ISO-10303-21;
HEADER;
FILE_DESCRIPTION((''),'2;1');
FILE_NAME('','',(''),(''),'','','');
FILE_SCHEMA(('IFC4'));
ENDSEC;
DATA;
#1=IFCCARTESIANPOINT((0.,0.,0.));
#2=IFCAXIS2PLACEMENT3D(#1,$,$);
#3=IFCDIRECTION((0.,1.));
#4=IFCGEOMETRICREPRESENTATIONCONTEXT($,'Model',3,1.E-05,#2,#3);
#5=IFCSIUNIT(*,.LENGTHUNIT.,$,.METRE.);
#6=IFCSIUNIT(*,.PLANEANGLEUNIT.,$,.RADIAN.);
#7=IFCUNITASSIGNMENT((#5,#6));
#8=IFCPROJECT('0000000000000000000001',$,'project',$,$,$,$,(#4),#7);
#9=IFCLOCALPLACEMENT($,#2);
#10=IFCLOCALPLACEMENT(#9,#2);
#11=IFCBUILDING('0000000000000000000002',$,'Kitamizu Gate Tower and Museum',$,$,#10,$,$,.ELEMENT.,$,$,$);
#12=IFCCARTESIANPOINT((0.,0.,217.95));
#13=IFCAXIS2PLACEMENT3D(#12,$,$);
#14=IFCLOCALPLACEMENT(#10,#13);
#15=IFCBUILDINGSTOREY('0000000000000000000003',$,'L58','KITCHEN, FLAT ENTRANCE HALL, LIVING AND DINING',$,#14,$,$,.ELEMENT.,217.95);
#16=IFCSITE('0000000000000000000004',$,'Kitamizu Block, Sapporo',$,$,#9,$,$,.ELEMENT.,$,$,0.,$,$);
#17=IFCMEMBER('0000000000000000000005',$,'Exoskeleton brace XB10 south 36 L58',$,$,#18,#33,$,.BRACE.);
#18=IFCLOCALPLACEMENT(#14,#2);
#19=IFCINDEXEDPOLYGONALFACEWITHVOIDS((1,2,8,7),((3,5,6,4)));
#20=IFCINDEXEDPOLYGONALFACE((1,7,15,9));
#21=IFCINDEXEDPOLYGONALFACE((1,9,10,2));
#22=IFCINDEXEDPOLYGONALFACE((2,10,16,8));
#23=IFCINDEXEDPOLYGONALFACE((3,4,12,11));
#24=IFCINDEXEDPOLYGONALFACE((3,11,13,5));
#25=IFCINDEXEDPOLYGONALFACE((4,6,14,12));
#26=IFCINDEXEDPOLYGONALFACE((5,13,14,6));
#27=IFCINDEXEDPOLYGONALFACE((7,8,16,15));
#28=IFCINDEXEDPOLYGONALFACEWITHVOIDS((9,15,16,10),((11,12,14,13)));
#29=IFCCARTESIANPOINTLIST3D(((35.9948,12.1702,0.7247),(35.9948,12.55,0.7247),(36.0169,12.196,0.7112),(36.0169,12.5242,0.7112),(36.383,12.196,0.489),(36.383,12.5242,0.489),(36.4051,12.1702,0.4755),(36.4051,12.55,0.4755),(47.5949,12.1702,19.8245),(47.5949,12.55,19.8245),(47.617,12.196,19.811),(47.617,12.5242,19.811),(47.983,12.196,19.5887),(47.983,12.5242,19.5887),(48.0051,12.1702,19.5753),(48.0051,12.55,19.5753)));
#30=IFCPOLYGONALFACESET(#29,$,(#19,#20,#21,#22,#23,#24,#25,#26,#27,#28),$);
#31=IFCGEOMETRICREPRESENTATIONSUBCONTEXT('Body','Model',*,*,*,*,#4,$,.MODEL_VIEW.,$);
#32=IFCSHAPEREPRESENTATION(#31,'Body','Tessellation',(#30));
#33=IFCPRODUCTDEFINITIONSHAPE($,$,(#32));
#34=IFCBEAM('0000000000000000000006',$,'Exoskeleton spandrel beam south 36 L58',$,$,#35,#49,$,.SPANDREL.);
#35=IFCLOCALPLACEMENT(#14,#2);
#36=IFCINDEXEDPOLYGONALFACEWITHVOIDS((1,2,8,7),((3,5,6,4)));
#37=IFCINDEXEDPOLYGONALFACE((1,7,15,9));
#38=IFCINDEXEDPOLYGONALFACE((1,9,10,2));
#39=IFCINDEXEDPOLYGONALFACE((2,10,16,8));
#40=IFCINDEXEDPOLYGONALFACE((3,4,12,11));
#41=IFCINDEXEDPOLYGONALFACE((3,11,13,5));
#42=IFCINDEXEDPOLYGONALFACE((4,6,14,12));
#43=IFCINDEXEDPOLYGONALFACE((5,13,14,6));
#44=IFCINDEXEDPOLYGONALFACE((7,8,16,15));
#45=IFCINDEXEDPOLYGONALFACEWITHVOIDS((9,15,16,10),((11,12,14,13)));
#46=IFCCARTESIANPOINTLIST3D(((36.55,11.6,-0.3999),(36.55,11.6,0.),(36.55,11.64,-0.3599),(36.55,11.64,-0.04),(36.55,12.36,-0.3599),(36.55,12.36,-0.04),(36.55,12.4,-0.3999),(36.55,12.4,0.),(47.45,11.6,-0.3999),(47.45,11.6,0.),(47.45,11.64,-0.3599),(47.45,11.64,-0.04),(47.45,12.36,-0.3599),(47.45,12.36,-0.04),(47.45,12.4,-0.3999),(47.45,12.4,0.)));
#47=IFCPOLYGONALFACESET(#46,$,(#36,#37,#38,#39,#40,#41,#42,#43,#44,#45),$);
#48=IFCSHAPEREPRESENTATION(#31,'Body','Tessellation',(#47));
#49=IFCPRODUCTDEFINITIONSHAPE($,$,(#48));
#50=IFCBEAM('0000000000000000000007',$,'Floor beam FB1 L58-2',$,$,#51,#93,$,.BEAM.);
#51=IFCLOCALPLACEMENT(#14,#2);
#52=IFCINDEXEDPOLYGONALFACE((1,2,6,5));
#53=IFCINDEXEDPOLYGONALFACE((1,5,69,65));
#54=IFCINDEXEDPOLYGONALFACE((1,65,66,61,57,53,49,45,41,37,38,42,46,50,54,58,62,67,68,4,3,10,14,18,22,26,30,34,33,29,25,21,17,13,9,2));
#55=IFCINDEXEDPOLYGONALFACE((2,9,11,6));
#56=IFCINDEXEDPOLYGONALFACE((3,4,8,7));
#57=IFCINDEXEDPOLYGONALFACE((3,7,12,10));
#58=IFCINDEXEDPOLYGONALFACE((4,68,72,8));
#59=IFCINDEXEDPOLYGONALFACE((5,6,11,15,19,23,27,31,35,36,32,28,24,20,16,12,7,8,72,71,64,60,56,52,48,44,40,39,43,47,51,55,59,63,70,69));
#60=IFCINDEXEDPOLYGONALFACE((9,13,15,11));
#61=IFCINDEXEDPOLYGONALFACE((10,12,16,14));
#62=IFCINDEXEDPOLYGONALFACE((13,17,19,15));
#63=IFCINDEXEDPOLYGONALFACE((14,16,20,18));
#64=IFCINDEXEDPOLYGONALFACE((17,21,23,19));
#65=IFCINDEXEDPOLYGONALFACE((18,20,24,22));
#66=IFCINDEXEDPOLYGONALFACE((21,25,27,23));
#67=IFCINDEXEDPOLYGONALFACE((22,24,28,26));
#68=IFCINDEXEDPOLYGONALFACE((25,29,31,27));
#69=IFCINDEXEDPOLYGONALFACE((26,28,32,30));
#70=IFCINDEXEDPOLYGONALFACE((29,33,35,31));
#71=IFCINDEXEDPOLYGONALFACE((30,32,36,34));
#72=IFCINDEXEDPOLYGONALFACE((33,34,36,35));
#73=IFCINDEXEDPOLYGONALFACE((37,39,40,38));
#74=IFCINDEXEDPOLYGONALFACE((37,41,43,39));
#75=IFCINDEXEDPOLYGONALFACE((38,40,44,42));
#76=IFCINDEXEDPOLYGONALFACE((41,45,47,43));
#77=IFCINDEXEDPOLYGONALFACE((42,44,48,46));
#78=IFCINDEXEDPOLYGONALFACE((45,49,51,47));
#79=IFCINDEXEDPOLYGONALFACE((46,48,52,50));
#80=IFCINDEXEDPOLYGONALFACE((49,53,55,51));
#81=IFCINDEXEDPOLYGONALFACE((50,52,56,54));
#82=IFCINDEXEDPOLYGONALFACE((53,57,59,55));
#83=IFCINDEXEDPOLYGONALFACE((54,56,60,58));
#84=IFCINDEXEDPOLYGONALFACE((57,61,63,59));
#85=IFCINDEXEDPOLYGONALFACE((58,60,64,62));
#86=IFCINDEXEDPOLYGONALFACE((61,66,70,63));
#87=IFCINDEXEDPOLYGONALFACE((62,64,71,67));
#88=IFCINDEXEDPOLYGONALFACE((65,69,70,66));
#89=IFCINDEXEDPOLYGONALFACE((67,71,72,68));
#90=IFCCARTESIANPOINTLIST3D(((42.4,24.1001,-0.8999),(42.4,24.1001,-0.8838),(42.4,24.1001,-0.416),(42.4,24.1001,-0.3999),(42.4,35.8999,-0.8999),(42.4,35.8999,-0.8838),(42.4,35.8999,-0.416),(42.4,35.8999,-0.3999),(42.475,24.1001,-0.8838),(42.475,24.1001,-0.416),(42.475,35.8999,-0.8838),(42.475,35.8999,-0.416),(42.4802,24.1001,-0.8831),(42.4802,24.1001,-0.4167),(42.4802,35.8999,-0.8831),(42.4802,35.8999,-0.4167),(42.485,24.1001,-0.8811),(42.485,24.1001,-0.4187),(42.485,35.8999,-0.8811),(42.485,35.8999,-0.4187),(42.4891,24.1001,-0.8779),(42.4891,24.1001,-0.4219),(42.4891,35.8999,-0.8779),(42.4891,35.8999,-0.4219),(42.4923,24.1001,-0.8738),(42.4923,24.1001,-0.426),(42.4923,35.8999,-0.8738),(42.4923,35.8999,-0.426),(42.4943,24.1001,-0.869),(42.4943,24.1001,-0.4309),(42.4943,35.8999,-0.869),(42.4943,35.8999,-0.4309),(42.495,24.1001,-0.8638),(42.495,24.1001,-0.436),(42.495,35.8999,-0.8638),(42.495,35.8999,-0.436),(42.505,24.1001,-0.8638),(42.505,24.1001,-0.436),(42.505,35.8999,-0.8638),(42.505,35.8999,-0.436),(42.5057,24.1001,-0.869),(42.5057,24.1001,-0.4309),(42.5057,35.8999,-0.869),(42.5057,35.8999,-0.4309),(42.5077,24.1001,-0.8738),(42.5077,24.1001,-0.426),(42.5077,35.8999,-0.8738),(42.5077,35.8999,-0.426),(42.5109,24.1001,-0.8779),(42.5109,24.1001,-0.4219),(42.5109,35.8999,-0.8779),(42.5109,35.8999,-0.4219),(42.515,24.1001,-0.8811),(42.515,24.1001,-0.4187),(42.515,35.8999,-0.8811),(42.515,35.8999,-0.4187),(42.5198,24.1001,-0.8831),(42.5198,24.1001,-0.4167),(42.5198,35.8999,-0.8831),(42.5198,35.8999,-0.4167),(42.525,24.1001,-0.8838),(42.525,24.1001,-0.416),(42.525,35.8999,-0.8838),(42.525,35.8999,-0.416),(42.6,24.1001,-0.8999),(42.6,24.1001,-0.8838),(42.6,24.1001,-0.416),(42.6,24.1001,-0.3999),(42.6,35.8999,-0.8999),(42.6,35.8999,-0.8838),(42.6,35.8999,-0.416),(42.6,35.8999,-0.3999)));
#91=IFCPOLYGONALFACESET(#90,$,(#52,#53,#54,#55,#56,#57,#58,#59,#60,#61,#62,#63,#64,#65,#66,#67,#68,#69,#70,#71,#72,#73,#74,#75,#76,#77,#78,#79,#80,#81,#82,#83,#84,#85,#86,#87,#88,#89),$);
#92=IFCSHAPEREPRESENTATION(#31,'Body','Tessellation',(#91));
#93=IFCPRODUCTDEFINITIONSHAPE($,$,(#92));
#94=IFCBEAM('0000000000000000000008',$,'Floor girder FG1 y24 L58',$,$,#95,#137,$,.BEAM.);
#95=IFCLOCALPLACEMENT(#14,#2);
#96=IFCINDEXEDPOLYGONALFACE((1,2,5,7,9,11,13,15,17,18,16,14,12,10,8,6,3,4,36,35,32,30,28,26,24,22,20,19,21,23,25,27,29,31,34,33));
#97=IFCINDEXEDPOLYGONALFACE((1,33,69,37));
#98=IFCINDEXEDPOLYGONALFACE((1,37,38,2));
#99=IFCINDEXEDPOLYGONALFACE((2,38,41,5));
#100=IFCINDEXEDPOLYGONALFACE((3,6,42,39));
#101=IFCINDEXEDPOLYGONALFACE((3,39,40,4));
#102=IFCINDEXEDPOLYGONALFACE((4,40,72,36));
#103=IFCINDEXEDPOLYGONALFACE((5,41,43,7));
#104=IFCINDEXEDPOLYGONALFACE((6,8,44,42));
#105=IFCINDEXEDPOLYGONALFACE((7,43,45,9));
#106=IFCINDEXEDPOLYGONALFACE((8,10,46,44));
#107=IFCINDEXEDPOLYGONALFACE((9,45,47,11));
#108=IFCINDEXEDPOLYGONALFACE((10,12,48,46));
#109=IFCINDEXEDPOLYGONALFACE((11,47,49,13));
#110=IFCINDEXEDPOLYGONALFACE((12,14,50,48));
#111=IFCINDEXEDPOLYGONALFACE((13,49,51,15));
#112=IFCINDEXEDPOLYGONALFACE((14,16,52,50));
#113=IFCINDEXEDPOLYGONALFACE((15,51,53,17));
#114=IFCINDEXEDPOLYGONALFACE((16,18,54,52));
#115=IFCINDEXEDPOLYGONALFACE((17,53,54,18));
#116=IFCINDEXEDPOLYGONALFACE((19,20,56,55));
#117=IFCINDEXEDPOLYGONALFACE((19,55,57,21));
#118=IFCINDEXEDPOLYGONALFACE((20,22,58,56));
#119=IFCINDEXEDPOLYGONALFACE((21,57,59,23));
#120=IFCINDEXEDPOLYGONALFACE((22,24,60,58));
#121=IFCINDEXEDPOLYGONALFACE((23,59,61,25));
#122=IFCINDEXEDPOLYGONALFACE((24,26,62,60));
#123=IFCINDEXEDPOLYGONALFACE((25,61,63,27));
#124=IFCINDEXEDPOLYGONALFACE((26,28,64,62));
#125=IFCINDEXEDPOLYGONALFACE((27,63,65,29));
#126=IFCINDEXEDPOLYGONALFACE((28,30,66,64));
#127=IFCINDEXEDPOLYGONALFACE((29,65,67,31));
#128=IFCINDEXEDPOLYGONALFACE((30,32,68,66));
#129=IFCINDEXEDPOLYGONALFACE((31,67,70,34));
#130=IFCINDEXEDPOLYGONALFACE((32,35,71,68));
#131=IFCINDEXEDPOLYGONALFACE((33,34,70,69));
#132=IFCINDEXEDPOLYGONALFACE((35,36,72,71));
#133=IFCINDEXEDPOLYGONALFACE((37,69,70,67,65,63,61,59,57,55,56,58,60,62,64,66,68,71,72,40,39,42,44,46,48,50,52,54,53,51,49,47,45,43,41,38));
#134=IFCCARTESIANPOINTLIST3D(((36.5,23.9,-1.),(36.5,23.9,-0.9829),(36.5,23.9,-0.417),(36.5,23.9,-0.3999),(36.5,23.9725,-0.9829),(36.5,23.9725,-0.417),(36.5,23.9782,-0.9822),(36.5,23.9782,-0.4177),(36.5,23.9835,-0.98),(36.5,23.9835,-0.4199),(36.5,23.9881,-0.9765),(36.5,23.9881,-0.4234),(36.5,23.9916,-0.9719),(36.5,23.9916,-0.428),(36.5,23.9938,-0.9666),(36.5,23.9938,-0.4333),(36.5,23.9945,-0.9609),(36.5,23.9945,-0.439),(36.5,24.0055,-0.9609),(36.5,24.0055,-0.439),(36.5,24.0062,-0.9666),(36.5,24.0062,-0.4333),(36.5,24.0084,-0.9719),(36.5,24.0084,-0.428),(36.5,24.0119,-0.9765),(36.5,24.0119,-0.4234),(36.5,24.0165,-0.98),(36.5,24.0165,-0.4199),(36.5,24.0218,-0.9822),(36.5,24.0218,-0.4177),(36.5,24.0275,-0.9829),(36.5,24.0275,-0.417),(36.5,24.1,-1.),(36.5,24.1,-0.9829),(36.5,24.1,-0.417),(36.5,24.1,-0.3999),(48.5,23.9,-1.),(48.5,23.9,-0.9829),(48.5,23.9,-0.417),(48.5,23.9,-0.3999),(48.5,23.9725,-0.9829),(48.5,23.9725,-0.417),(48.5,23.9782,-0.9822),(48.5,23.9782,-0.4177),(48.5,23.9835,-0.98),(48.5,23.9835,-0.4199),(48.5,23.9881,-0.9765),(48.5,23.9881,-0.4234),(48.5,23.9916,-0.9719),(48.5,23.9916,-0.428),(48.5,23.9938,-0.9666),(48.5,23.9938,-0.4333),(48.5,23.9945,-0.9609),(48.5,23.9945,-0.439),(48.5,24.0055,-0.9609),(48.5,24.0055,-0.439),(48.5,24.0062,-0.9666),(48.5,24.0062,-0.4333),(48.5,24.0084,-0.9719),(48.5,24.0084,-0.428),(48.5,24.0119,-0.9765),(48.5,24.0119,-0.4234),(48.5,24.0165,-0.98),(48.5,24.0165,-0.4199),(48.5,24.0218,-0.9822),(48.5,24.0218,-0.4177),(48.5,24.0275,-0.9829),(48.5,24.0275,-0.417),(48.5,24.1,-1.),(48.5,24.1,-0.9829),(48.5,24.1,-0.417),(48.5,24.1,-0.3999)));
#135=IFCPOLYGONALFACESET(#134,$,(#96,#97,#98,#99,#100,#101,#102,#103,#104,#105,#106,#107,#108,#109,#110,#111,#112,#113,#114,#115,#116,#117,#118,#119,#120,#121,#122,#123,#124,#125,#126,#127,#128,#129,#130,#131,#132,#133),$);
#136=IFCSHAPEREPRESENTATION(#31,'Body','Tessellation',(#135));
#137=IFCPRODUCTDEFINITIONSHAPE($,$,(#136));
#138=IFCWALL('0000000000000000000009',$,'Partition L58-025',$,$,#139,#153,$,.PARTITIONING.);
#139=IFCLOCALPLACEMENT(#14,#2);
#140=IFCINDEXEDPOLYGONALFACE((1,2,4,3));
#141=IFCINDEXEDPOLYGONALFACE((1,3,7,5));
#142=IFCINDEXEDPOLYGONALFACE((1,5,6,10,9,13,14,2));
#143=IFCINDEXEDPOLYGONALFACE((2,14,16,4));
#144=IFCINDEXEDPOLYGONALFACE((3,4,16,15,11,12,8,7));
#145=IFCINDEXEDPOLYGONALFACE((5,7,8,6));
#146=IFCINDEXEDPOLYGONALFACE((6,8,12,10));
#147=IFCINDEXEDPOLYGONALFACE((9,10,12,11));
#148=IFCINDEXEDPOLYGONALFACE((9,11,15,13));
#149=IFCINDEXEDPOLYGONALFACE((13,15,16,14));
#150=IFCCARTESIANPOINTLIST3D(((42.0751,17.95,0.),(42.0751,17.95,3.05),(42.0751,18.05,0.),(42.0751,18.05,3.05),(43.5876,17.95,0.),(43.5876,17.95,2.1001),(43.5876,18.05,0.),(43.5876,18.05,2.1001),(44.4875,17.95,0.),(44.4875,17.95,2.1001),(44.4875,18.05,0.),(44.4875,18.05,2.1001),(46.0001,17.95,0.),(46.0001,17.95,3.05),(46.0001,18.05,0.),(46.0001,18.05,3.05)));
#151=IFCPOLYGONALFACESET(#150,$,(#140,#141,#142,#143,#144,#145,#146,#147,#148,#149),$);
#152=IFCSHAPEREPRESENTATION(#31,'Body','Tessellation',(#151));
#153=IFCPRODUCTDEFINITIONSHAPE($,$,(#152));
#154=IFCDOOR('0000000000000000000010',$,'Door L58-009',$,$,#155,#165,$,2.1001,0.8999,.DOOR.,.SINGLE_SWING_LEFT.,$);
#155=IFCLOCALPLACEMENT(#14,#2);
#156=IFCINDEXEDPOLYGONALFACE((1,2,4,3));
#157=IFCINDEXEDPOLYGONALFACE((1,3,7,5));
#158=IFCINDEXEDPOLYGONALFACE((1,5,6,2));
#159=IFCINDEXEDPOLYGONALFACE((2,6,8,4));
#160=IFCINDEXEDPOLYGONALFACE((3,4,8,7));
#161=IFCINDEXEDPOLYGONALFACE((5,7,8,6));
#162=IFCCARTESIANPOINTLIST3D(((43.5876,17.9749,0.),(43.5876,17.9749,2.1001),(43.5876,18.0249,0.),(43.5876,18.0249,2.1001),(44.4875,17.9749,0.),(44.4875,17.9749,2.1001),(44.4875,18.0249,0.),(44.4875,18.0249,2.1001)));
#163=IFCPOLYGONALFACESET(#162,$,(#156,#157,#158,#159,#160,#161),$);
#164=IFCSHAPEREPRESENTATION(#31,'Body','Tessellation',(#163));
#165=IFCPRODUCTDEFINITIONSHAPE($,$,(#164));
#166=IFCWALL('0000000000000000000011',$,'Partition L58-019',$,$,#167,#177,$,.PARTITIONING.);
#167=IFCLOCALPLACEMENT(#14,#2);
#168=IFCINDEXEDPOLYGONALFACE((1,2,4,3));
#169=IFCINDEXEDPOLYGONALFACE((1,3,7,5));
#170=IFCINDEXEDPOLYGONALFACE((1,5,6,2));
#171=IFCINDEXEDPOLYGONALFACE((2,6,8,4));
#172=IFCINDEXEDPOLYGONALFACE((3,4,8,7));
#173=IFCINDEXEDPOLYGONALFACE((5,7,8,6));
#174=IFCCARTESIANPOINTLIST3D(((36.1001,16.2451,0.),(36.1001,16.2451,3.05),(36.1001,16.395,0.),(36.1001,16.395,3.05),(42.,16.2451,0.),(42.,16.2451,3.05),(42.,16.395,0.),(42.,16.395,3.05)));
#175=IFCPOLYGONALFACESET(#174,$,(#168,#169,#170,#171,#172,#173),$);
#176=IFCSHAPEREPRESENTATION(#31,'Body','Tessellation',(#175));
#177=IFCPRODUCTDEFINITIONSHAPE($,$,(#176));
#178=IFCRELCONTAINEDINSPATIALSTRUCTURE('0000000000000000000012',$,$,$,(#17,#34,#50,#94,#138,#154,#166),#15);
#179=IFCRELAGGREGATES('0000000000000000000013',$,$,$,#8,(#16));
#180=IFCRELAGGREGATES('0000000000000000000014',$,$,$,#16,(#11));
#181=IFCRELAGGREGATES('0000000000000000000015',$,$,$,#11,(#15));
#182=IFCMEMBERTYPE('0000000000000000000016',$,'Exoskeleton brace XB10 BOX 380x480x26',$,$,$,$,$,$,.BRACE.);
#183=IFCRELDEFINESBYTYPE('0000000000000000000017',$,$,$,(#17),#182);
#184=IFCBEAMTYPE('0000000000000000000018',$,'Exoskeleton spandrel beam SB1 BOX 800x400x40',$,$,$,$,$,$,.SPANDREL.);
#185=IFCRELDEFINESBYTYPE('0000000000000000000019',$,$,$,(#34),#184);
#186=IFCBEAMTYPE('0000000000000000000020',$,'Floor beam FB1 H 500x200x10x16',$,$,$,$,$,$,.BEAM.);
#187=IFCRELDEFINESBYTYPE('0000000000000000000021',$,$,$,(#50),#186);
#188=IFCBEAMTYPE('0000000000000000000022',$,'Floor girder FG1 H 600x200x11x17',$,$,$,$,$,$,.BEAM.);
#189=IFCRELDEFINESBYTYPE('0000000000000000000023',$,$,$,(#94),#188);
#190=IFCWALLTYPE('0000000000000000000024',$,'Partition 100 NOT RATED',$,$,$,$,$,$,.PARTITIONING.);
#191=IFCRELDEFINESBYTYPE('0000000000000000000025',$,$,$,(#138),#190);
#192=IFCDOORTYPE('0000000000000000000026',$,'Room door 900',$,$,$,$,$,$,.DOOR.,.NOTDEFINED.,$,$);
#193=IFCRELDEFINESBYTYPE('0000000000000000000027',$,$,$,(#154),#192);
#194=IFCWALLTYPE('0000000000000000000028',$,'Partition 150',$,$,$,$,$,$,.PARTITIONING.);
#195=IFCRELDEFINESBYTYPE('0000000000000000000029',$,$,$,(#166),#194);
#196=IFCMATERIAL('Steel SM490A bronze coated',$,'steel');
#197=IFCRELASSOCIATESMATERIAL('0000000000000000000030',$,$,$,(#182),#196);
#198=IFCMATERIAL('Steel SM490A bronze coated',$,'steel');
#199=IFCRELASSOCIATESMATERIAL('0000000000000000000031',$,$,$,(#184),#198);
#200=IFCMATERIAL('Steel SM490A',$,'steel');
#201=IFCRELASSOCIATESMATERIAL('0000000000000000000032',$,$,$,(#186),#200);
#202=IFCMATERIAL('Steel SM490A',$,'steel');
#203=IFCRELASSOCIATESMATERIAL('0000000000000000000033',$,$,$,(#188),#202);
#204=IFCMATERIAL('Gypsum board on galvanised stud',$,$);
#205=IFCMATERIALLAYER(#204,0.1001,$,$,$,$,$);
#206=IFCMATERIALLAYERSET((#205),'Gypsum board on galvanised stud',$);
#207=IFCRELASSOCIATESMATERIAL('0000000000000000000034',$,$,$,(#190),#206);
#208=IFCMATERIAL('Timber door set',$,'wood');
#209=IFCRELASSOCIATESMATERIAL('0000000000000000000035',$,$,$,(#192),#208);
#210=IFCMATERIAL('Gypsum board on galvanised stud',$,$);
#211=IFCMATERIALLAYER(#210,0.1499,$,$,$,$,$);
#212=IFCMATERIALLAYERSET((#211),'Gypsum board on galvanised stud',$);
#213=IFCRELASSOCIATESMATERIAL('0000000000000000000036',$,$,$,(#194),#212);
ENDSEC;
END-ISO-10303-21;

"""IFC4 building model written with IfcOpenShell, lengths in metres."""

from ifc_helpers import new_model, si_unit, direction, frame, frame_2d, origin, origin_2d, place, context, subcontext, project, spatial, rectangle, hollow_rectangle, i_section, extrude, material, layer, layer_set, material_profile, profile_set, type_object, element, fill, save


model = new_model("IFC4")

# Units and contexts
model_context = context("Model", 3, precision=1e-05, world=origin(), true_north=direction((0.0, 1.0)))
body_context = subcontext(model_context, "Body", "Model", "MODEL_VIEW")
ifc_project = project(units=[si_unit("LENGTHUNIT", "METRE"), si_unit("PLANEANGLEUNIT", "RADIAN")], contexts=[model_context])

# Site, building, storey
site_placement = place(None, origin())
site = spatial("IfcSite", under=ifc_project, at=site_placement, Name="Kitamizu Block, Sapporo", CompositionType="ELEMENT", RefElevation=0.0)
building_placement = place(site_placement, origin())
building = spatial("IfcBuilding", under=site, at=building_placement, Name="Kitamizu Gate Tower and Museum", CompositionType="ELEMENT")
storey_placement = place(building_placement, frame((0.0, 0.0, 217.95)))
storey = spatial("IfcBuildingStorey", under=building, at=storey_placement, Name="L58", Description="KITCHEN, FLAT ENTRANCE HALL, LIVING AND DINING", CompositionType="ELEMENT", Elevation=217.95)

# Member
ifc_material_1 = material(Name="Steel SM490A bronze coated", Category="steel")
ifc_material_profile_1 = material_profile(ifc_material_1, hollow_rectangle(XDim=0.3799, YDim=0.48, WallThickness=0.0259, at=origin_2d()), Name="BOX 380x480x26")
ifc_profile_set_1 = profile_set([ifc_material_profile_1], Name="Steel SM490A bronze coated")
member_type = type_object("IfcMemberType", Name="Exoskeleton brace XB10 BOX 380x480x26", PredefinedType="BRACE", material=ifc_profile_set_1)
member_placement = place(storey_placement, frame((36.2, 12.3601, 0.6001), z_axis=(0.519101, 0.0, 0.854713), x_axis=(0.0, 1.0, 0.0)))
element("IfcMember", 1, at=member_placement, inside=storey, type_object=member_type, Name="Exoskeleton brace XB10 south 36 L58", PredefinedType="BRACE", context=body_context, shape_type="SweptSolid", body=[
    extrude(hollow_rectangle(XDim=0.3799, YDim=0.48, WallThickness=0.0259, at=origin_2d()), origin(), (0.0, 0.0, 1.0), 22.3464),
])

# Beams
ifc_material_2 = material(Name="Steel SM490A bronze coated", Category="steel")
ifc_material_profile_2 = material_profile(ifc_material_2, hollow_rectangle(XDim=0.8, YDim=0.3999, WallThickness=0.04, at=origin_2d()), Name="BOX 800x400x40")
ifc_profile_set_2 = profile_set([ifc_material_profile_2], Name="Steel SM490A bronze coated")
beam_type_1 = type_object("IfcBeamType", Name="Exoskeleton spandrel beam SB1 BOX 800x400x40", PredefinedType="SPANDREL", material=ifc_profile_set_2)
beam_1_placement = place(storey_placement, frame((36.55, 12.0, -0.2), z_axis=(1.0, 0.0, 0.0), x_axis=(0.0, 1.0, 0.0)))
element("IfcBeam", 2, at=beam_1_placement, inside=storey, type_object=beam_type_1, Name="Exoskeleton spandrel beam south 36 L58", PredefinedType="SPANDREL", context=body_context, shape_type="SweptSolid", body=[
    extrude(hollow_rectangle(XDim=0.8, YDim=0.3999, WallThickness=0.04, at=origin_2d()), origin(), (0.0, 0.0, 1.0), 10.8999),
])
ifc_material_3 = material(Name="Steel SM490A", Category="steel")
ifc_material_profile_3 = material_profile(ifc_material_3, i_section(OverallWidth=0.2, OverallDepth=0.5, WebThickness=0.01, FlangeThickness=0.0161, FilletRadius=0.02, at=origin_2d()), Name="H-500x200x10x16")
ifc_profile_set_3 = profile_set([ifc_material_profile_3], Name="Steel SM490A")
beam_type_2 = type_object("IfcBeamType", Name="Floor beam FB1 H 500x200x10x16", PredefinedType="BEAM", material=ifc_profile_set_3)
beam_2_placement = place(storey_placement, frame((42.5, 24.1001, -0.6499), z_axis=(0.0, 1.0, 0.0), x_axis=(-1.0, 0.0, 0.0)))
element("IfcBeam", 3, at=beam_2_placement, inside=storey, type_object=beam_type_2, Name="Floor beam FB1 L58-2", PredefinedType="BEAM", context=body_context, shape_type="SweptSolid", body=[
    extrude(i_section(OverallWidth=0.2, OverallDepth=0.5, WebThickness=0.01, FlangeThickness=0.0161, FilletRadius=0.02, at=origin_2d()), origin(), (0.0, 0.0, 1.0), 11.7998),
])
ifc_material_4 = material(Name="Steel SM490A", Category="steel")
ifc_material_profile_4 = material_profile(ifc_material_4, i_section(OverallWidth=0.2, OverallDepth=0.6001, WebThickness=0.011, FlangeThickness=0.0171, FilletRadius=0.022, at=origin_2d()), Name="H-600x200x11x17")
ifc_profile_set_4 = profile_set([ifc_material_profile_4], Name="Steel SM490A")
beam_type_3 = type_object("IfcBeamType", Name="Floor girder FG1 H 600x200x11x17", PredefinedType="BEAM", material=ifc_profile_set_4)
beam_3_placement = place(storey_placement, frame((36.5, 24.0, -0.7), z_axis=(1.0, 0.0, 0.0), x_axis=(0.0, 1.0, 0.0)))
element("IfcBeam", 4, at=beam_3_placement, inside=storey, type_object=beam_type_3, Name="Floor girder FG1 y24 L58", PredefinedType="BEAM", context=body_context, shape_type="SweptSolid", body=[
    extrude(i_section(OverallWidth=0.2, OverallDepth=0.6001, WebThickness=0.011, FlangeThickness=0.0171, FilletRadius=0.022, at=origin_2d()), origin(), (0.0, 0.0, 1.0), 12.0),
])

# Wall, opening, door
ifc_material_5 = material(Name="Gypsum board on galvanised stud")
ifc_layer_1 = layer(ifc_material_5, 0.1001)
ifc_layer_set_1 = layer_set([ifc_layer_1], Name="Gypsum board on galvanised stud")
wall_type_1 = type_object("IfcWallType", Name="Partition 100 NOT RATED", PredefinedType="PARTITIONING", material=ifc_layer_set_1)
wall_1_placement = place(storey_placement, frame((46.0, 18.0, 0.0), z_axis=(0.0, 0.0, 1.0), x_axis=(-1.0, 0.0, 0.0)))
wall_1 = element("IfcWall", 5, at=wall_1_placement, inside=storey, type_object=wall_type_1, Name="Partition L58-025", PredefinedType="PARTITIONING", context=body_context, shape_type="SweptSolid", body=[
    extrude(rectangle(XDim=3.925, YDim=0.1001, at=frame_2d((1.9624, 0.0))), origin(), (0.0, 0.0, 1.0), 3.05),
])
opening_1_placement = place(wall_1_placement, frame((1.5125, 0.0, 0.0)))
opening_1 = element("IfcOpeningElement", 6, at=opening_1_placement, cuts=wall_1, PredefinedType="OPENING", context=body_context, shape_type="SweptSolid", body=[
    extrude(rectangle(XDim=0.8999, YDim=2.1001, at=frame_2d((0.45, 1.05))), frame((0.0, 0.0601, 0.0), z_axis=(0.0, -1.0, 0.0), x_axis=(1.0, 0.0, 0.0)), (0.0, 0.0, 1.0), 0.1201),
])
ifc_material_6 = material(Name="Timber door set", Category="wood")
door_type_1 = type_object("IfcDoorType", Name="Room door 900", OperationType="NOTDEFINED", PredefinedType="DOOR", material=ifc_material_6)
door_1_placement = place(opening_1_placement, frame((0.8999, 0.0, 0.0), x_axis=(-1.0, 0.0, 0.0)))
door_1 = element("IfcDoor", 7, at=door_1_placement, inside=storey, type_object=door_type_1, Name="Door L58-009", OperationType="SINGLE_SWING_LEFT", OverallHeight=2.1001, OverallWidth=0.8999, PredefinedType="DOOR", context=body_context, shape_type="SweptSolid", body=[
    extrude(rectangle(XDim=0.8999, YDim=2.1001, at=frame_2d((0.45, 1.05))), frame((0.0, 0.0249, 0.0), z_axis=(0.0, -1.0, 0.0), x_axis=(1.0, 0.0, 0.0)), (0.0, 0.0, 1.0), 0.05),
])
fill(opening_1, door_1)

# Wall
ifc_material_7 = material(Name="Gypsum board on galvanised stud")
ifc_layer_2 = layer(ifc_material_7, 0.1499)
ifc_layer_set_2 = layer_set([ifc_layer_2], Name="Gypsum board on galvanised stud")
wall_type_2 = type_object("IfcWallType", Name="Partition 150", PredefinedType="PARTITIONING", material=ifc_layer_set_2)
wall_2_placement = place(storey_placement, frame((42.0, 16.3201, 0.0), z_axis=(0.0, 0.0, 1.0), x_axis=(-1.0, 0.0, 0.0)))
element("IfcWall", 8, at=wall_2_placement, inside=storey, type_object=wall_type_2, Name="Partition L58-019", PredefinedType="PARTITIONING", context=body_context, shape_type="SweptSolid", body=[
    extrude(rectangle(XDim=5.8999, YDim=0.1499, at=frame_2d((2.95, 0.0))), origin(), (0.0, 0.0, 1.0), 3.05),
])

save(model, "model.ifc")
